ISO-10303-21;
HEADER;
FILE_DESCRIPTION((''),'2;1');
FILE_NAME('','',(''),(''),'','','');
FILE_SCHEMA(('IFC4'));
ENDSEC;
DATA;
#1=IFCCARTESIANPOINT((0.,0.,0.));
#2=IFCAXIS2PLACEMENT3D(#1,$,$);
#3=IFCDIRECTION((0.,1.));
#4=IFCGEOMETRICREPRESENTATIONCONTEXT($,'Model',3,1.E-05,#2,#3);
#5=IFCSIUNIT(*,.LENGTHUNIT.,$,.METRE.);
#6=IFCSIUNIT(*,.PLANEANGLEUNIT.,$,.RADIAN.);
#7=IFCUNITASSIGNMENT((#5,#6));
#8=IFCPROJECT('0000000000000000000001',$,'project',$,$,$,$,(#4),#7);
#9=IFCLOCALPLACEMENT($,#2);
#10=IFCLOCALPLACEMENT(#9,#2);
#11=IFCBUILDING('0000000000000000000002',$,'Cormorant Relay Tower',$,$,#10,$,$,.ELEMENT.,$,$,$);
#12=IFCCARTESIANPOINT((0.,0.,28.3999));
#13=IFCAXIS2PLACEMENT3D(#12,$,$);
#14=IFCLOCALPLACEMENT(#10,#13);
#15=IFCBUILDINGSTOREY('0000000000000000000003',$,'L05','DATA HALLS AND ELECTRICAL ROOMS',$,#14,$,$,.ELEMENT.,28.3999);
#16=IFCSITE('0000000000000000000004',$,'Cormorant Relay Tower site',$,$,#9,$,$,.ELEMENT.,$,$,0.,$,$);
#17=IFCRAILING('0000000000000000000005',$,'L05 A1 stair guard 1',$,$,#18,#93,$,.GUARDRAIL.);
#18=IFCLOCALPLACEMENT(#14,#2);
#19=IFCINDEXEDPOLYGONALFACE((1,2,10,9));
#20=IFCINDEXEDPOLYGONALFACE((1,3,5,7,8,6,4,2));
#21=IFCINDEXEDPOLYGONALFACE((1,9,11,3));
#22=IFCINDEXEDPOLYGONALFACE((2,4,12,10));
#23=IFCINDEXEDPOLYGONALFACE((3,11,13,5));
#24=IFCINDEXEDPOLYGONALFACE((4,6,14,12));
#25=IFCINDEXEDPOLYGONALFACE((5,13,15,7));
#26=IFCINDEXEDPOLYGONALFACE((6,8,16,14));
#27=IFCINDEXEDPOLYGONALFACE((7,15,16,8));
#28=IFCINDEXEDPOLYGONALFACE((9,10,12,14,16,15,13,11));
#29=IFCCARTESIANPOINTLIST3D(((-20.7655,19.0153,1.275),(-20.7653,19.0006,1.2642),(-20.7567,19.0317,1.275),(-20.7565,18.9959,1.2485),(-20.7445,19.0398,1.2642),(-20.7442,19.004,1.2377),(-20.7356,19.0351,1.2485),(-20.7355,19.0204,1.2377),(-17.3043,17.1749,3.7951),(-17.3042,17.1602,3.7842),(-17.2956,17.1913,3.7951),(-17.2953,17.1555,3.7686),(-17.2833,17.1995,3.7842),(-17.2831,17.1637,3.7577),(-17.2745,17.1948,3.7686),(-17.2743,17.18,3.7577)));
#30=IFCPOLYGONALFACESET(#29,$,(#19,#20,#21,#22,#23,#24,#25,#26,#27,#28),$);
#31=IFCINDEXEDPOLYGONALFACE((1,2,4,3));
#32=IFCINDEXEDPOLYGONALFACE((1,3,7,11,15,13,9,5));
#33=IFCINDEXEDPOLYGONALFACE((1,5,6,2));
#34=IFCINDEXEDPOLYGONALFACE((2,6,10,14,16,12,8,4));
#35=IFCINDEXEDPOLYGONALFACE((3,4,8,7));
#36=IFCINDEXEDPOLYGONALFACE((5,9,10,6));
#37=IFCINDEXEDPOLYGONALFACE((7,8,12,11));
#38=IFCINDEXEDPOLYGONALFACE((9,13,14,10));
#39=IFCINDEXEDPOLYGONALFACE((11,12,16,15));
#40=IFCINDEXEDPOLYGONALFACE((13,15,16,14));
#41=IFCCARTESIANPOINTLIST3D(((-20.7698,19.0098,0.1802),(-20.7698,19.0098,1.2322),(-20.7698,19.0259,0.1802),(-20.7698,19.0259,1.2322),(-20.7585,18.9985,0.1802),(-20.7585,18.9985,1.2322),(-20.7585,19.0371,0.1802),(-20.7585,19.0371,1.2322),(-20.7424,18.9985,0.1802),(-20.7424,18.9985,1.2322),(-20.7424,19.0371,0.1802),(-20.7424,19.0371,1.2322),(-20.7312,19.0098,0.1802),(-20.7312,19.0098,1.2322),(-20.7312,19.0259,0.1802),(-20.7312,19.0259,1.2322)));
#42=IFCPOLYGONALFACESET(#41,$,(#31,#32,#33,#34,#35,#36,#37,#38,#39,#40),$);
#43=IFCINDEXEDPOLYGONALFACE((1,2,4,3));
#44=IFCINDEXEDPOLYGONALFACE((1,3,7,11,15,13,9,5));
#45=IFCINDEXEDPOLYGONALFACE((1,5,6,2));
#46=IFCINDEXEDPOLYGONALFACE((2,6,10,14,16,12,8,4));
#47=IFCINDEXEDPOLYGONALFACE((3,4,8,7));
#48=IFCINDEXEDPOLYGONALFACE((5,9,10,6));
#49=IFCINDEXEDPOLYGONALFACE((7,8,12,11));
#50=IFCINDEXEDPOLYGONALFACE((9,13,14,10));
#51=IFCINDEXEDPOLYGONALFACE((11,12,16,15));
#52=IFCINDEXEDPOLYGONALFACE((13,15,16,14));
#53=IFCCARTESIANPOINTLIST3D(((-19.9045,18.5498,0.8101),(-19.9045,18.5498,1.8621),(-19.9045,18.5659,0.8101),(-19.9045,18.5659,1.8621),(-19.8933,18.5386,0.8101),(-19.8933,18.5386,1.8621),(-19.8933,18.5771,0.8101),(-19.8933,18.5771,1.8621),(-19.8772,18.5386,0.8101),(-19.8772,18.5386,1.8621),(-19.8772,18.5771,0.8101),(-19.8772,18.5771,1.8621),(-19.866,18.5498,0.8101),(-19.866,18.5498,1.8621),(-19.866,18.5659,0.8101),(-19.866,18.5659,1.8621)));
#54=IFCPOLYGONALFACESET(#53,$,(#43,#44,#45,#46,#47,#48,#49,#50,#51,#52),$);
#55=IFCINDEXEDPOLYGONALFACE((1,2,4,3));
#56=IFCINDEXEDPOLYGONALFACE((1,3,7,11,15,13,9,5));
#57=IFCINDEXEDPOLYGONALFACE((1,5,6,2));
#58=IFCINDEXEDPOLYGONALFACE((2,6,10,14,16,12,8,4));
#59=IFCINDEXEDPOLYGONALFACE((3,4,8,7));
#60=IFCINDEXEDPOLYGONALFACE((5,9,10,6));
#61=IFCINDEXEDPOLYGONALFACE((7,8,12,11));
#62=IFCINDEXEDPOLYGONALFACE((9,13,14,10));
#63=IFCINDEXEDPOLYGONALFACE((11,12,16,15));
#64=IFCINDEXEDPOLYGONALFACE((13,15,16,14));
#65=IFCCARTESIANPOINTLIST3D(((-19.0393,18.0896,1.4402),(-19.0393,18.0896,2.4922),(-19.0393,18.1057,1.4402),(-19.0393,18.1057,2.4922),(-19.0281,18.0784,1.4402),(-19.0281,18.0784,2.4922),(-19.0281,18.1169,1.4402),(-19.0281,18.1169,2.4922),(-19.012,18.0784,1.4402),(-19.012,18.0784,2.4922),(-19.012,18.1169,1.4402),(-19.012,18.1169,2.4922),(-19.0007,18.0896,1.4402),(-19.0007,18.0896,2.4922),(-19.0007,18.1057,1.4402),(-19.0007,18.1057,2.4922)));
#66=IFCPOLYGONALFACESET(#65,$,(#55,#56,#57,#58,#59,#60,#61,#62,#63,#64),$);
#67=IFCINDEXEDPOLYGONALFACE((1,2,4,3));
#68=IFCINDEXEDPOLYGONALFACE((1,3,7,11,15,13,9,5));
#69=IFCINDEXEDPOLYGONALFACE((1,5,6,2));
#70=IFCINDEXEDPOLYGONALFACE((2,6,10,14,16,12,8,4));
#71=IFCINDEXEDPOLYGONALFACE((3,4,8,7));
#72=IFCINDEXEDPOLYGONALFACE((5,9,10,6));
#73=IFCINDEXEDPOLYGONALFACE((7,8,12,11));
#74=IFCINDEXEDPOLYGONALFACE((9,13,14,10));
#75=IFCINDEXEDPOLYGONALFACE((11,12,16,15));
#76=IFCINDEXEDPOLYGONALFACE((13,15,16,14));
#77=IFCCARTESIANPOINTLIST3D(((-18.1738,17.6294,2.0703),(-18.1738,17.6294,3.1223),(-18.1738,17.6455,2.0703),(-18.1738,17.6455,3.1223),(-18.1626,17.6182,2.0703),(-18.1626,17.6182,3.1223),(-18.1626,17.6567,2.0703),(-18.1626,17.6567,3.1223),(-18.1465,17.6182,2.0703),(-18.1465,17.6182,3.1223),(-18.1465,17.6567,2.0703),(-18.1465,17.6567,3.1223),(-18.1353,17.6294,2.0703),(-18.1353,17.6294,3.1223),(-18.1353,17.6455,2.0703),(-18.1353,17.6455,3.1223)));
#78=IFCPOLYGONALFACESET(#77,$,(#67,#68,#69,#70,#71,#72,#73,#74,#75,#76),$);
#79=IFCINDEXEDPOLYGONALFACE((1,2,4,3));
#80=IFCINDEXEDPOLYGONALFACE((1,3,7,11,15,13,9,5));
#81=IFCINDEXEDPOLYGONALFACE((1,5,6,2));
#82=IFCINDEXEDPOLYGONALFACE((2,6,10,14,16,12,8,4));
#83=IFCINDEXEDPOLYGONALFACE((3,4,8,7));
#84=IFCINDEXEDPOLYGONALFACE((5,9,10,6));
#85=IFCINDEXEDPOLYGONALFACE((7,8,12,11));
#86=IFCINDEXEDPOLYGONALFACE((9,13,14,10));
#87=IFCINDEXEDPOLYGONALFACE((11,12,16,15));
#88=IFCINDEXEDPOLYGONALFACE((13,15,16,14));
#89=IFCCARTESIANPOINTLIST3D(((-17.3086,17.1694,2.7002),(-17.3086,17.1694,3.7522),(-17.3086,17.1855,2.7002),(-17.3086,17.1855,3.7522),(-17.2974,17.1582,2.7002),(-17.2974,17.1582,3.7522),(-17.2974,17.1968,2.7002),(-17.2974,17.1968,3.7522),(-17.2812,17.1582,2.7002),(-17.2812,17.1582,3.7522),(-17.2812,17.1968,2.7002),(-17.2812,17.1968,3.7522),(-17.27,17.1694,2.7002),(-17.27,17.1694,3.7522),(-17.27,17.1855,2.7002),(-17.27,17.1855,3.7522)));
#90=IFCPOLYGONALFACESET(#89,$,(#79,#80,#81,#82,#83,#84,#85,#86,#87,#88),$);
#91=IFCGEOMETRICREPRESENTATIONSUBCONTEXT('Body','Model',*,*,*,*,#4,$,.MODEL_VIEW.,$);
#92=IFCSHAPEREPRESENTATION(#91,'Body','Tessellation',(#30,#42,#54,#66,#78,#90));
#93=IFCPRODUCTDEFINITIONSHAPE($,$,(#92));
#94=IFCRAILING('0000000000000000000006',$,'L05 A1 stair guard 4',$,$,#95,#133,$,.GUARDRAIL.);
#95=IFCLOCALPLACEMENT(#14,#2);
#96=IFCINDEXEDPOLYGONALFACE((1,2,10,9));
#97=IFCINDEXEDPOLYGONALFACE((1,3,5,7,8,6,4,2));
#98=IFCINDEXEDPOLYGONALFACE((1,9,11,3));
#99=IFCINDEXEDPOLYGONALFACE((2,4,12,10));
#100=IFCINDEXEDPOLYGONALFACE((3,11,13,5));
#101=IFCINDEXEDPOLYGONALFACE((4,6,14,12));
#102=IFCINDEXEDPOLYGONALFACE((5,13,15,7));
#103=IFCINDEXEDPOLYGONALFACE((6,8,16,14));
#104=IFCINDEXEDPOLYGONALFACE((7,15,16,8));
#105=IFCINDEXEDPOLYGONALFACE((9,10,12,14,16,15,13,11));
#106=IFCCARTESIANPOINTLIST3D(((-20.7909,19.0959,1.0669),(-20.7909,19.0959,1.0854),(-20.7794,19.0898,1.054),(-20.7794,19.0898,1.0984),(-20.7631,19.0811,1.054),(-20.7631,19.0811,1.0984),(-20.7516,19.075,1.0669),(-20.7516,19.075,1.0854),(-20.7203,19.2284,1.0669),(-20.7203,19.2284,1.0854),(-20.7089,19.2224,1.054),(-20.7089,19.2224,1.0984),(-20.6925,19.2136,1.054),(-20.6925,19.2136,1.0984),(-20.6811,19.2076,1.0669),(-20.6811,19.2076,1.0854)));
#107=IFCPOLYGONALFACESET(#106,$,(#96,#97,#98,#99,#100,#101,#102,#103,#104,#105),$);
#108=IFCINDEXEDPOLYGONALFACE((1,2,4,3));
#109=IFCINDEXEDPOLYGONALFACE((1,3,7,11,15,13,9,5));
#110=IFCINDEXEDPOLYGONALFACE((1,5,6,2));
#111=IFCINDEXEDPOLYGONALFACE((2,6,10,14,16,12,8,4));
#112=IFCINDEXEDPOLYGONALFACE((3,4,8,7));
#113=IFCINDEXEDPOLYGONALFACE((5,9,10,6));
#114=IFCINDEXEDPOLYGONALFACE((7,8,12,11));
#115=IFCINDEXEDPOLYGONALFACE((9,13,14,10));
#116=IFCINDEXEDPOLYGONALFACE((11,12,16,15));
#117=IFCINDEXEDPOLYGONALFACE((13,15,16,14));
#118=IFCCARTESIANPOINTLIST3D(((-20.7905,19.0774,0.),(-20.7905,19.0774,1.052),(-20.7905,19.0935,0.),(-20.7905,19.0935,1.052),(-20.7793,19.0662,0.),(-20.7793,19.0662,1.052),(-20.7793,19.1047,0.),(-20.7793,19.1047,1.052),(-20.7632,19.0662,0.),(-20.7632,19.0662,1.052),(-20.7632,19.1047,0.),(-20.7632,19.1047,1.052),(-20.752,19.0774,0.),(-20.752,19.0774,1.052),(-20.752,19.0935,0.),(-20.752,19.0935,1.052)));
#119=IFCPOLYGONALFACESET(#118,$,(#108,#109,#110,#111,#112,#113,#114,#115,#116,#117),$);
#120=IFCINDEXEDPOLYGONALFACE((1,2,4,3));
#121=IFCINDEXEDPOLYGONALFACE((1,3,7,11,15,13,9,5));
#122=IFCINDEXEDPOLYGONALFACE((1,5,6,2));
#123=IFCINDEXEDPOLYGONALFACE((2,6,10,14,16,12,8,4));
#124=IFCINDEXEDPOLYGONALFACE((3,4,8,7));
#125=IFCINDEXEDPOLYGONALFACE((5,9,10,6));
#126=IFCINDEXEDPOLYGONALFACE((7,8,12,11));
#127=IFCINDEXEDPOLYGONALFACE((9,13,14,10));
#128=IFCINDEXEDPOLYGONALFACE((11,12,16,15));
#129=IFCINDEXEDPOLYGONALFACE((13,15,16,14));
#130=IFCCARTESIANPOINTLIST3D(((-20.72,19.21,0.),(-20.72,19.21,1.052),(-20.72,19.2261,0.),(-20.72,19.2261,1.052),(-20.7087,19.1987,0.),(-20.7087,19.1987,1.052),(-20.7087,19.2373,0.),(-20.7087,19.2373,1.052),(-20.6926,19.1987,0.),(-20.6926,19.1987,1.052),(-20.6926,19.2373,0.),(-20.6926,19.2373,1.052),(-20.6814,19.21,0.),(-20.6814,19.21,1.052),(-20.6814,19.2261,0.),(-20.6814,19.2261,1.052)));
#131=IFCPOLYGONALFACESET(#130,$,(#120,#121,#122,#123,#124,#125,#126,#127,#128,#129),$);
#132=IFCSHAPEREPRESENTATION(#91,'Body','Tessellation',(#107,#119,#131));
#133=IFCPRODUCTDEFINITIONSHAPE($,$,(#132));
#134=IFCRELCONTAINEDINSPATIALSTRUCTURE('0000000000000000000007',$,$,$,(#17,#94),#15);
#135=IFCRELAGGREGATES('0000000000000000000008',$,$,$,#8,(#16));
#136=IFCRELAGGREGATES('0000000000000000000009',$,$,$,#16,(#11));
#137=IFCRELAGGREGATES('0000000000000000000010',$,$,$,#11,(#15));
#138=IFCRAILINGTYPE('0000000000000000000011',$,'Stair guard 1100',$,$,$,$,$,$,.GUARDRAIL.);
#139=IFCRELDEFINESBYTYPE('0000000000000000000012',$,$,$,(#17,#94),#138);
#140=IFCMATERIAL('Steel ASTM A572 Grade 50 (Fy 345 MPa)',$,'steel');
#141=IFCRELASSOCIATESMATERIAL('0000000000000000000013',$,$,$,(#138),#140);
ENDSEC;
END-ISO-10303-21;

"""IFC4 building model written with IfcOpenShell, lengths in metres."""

from ifc_helpers import new_model, si_unit, direction, frame, origin, place, context, subcontext, project, spatial, polyline, outline, extrude, material, type_object, element, save


model = new_model("IFC4")

# Units and contexts
model_context = context("Model", 3, precision=1e-05, world=origin(), true_north=direction((0.0, 1.0)))
body_context = subcontext(model_context, "Body", "Model", "MODEL_VIEW")
ifc_project = project(units=[si_unit("LENGTHUNIT", "METRE"), si_unit("PLANEANGLEUNIT", "RADIAN")], contexts=[model_context])

# Site, building, storey
site_placement = place(None, origin())
site = spatial("IfcSite", under=ifc_project, at=site_placement, Name="Cormorant Relay Tower site", CompositionType="ELEMENT", RefElevation=0.0)
building_placement = place(site_placement, origin())
building = spatial("IfcBuilding", under=site, at=building_placement, Name="Cormorant Relay Tower", CompositionType="ELEMENT")
storey_placement = place(building_placement, frame((0.0, 0.0, 28.3999)))
storey = spatial("IfcBuildingStorey", under=building, at=storey_placement, Name="L05", Description="DATA HALLS AND ELECTRICAL ROOMS", CompositionType="ELEMENT", Elevation=28.3999)

# Railings
ifc_material_1 = material(Name="Steel ASTM A572 Grade 50 (Fy 345 MPa)", Category="steel")
railing_type_1 = type_object("IfcRailingType", Name="Stair guard 1100", PredefinedType="GUARDRAIL", material=ifc_material_1)
railing_1_placement = place(storey_placement, frame((-20.7505, 19.0178, 0.1802)))
element("IfcRailing", 1, at=railing_1_placement, inside=storey, type_object=railing_type_1, Name="L05 A1 stair guard 1", PredefinedType="GUARDRAIL", context=body_context, shape_type="SweptSolid", body=[
    extrude(outline(polyline([(0.0222, 0.0093), (0.0093, 0.0222), (-0.0093, 0.0222), (-0.0222, 0.0093), (-0.0222, -0.0093), (-0.0093, -0.0222), (0.0093, -0.0222), (0.0222, -0.0093), (0.0222, 0.0093)])), frame((0.0, 0.0, 1.0762), z_axis=(0.742717, -0.394907, 0.540758), x_axis=(0.469469, 0.882949, 0.0)), (0.0, 0.0, 1.0), 4.6602),
    extrude(outline(polyline([(0.0193, 0.0081), (0.0081, 0.0193), (-0.0081, 0.0193), (-0.0193, 0.0081), (-0.0193, -0.0081), (-0.0081, -0.0193), (0.0081, -0.0193), (0.0193, -0.0081), (0.0193, 0.0081)])), origin(), (0.0, 0.0, 1.0), 1.052),
    extrude(outline(polyline([(0.0193, 0.0081), (0.0081, 0.0193), (-0.0081, 0.0193), (-0.0193, 0.0081), (-0.0193, -0.0081), (-0.0081, -0.0193), (0.0081, -0.0193), (0.0193, -0.0081), (0.0193, 0.0081)])), frame((0.8652, -0.46, 0.6299)), (0.0, 0.0, 1.0), 1.052),
    extrude(outline(polyline([(0.0193, 0.0081), (0.0081, 0.0193), (-0.0081, 0.0193), (-0.0193, 0.0081), (-0.0193, -0.0081), (-0.0081, -0.0193), (0.0081, -0.0193), (0.0193, -0.0081), (0.0193, 0.0081)])), frame((1.7305, -0.9202, 1.26)), (0.0, 0.0, 1.0), 1.052),
    extrude(outline(polyline([(0.0193, 0.0081), (0.0081, 0.0193), (-0.0081, 0.0193), (-0.0193, 0.0081), (-0.0193, -0.0081), (-0.0081, -0.0193), (0.0081, -0.0193), (0.0193, -0.0081), (0.0193, 0.0081)])), frame((2.5959, -1.3804, 1.8901)), (0.0, 0.0, 1.0), 1.052),
    extrude(outline(polyline([(0.0193, 0.0081), (0.0081, 0.0193), (-0.0081, 0.0193), (-0.0193, 0.0081), (-0.0193, -0.0081), (-0.0081, -0.0193), (0.0081, -0.0193), (0.0193, -0.0081), (0.0193, 0.0081)])), frame((3.4612, -1.8403, 2.52)), (0.0, 0.0, 1.0), 1.052),
])
railing_2_placement = place(storey_placement, frame((-20.7712, 19.0854, 0.0)))
element("IfcRailing", 2, at=railing_2_placement, inside=storey, type_object=railing_type_1, Name="L05 A1 stair guard 4", PredefinedType="GUARDRAIL", context=body_context, shape_type="SweptSolid", body=[
    extrude(outline(polyline([(0.0222, 0.0093), (0.0093, 0.0222), (-0.0093, 0.0222), (-0.0222, 0.0093), (-0.0222, -0.0093), (-0.0093, -0.0222), (0.0093, -0.0222), (0.0222, -0.0093), (0.0222, 0.0093)])), frame((0.0, 0.0, 1.0762), z_axis=(0.469829, 0.882758, 0.0), x_axis=(-0.882758, 0.469829, 0.0)), (0.0, 0.0, 1.0), 0.1501),
    extrude(outline(polyline([(0.0193, 0.0081), (0.0081, 0.0193), (-0.0081, 0.0193), (-0.0193, 0.0081), (-0.0193, -0.0081), (-0.0081, -0.0193), (0.0081, -0.0193), (0.0193, -0.0081), (0.0193, 0.0081)])), origin(), (0.0, 0.0, 1.0), 1.052),
    extrude(outline(polyline([(0.0193, 0.0081), (0.0081, 0.0193), (-0.0081, 0.0193), (-0.0193, 0.0081), (-0.0193, -0.0081), (-0.0081, -0.0193), (0.0081, -0.0193), (0.0193, -0.0081), (0.0193, 0.0081)])), frame((0.0706, 0.1326, 0.0)), (0.0, 0.0, 1.0), 1.052),
])

save(model, "model.ifc")
